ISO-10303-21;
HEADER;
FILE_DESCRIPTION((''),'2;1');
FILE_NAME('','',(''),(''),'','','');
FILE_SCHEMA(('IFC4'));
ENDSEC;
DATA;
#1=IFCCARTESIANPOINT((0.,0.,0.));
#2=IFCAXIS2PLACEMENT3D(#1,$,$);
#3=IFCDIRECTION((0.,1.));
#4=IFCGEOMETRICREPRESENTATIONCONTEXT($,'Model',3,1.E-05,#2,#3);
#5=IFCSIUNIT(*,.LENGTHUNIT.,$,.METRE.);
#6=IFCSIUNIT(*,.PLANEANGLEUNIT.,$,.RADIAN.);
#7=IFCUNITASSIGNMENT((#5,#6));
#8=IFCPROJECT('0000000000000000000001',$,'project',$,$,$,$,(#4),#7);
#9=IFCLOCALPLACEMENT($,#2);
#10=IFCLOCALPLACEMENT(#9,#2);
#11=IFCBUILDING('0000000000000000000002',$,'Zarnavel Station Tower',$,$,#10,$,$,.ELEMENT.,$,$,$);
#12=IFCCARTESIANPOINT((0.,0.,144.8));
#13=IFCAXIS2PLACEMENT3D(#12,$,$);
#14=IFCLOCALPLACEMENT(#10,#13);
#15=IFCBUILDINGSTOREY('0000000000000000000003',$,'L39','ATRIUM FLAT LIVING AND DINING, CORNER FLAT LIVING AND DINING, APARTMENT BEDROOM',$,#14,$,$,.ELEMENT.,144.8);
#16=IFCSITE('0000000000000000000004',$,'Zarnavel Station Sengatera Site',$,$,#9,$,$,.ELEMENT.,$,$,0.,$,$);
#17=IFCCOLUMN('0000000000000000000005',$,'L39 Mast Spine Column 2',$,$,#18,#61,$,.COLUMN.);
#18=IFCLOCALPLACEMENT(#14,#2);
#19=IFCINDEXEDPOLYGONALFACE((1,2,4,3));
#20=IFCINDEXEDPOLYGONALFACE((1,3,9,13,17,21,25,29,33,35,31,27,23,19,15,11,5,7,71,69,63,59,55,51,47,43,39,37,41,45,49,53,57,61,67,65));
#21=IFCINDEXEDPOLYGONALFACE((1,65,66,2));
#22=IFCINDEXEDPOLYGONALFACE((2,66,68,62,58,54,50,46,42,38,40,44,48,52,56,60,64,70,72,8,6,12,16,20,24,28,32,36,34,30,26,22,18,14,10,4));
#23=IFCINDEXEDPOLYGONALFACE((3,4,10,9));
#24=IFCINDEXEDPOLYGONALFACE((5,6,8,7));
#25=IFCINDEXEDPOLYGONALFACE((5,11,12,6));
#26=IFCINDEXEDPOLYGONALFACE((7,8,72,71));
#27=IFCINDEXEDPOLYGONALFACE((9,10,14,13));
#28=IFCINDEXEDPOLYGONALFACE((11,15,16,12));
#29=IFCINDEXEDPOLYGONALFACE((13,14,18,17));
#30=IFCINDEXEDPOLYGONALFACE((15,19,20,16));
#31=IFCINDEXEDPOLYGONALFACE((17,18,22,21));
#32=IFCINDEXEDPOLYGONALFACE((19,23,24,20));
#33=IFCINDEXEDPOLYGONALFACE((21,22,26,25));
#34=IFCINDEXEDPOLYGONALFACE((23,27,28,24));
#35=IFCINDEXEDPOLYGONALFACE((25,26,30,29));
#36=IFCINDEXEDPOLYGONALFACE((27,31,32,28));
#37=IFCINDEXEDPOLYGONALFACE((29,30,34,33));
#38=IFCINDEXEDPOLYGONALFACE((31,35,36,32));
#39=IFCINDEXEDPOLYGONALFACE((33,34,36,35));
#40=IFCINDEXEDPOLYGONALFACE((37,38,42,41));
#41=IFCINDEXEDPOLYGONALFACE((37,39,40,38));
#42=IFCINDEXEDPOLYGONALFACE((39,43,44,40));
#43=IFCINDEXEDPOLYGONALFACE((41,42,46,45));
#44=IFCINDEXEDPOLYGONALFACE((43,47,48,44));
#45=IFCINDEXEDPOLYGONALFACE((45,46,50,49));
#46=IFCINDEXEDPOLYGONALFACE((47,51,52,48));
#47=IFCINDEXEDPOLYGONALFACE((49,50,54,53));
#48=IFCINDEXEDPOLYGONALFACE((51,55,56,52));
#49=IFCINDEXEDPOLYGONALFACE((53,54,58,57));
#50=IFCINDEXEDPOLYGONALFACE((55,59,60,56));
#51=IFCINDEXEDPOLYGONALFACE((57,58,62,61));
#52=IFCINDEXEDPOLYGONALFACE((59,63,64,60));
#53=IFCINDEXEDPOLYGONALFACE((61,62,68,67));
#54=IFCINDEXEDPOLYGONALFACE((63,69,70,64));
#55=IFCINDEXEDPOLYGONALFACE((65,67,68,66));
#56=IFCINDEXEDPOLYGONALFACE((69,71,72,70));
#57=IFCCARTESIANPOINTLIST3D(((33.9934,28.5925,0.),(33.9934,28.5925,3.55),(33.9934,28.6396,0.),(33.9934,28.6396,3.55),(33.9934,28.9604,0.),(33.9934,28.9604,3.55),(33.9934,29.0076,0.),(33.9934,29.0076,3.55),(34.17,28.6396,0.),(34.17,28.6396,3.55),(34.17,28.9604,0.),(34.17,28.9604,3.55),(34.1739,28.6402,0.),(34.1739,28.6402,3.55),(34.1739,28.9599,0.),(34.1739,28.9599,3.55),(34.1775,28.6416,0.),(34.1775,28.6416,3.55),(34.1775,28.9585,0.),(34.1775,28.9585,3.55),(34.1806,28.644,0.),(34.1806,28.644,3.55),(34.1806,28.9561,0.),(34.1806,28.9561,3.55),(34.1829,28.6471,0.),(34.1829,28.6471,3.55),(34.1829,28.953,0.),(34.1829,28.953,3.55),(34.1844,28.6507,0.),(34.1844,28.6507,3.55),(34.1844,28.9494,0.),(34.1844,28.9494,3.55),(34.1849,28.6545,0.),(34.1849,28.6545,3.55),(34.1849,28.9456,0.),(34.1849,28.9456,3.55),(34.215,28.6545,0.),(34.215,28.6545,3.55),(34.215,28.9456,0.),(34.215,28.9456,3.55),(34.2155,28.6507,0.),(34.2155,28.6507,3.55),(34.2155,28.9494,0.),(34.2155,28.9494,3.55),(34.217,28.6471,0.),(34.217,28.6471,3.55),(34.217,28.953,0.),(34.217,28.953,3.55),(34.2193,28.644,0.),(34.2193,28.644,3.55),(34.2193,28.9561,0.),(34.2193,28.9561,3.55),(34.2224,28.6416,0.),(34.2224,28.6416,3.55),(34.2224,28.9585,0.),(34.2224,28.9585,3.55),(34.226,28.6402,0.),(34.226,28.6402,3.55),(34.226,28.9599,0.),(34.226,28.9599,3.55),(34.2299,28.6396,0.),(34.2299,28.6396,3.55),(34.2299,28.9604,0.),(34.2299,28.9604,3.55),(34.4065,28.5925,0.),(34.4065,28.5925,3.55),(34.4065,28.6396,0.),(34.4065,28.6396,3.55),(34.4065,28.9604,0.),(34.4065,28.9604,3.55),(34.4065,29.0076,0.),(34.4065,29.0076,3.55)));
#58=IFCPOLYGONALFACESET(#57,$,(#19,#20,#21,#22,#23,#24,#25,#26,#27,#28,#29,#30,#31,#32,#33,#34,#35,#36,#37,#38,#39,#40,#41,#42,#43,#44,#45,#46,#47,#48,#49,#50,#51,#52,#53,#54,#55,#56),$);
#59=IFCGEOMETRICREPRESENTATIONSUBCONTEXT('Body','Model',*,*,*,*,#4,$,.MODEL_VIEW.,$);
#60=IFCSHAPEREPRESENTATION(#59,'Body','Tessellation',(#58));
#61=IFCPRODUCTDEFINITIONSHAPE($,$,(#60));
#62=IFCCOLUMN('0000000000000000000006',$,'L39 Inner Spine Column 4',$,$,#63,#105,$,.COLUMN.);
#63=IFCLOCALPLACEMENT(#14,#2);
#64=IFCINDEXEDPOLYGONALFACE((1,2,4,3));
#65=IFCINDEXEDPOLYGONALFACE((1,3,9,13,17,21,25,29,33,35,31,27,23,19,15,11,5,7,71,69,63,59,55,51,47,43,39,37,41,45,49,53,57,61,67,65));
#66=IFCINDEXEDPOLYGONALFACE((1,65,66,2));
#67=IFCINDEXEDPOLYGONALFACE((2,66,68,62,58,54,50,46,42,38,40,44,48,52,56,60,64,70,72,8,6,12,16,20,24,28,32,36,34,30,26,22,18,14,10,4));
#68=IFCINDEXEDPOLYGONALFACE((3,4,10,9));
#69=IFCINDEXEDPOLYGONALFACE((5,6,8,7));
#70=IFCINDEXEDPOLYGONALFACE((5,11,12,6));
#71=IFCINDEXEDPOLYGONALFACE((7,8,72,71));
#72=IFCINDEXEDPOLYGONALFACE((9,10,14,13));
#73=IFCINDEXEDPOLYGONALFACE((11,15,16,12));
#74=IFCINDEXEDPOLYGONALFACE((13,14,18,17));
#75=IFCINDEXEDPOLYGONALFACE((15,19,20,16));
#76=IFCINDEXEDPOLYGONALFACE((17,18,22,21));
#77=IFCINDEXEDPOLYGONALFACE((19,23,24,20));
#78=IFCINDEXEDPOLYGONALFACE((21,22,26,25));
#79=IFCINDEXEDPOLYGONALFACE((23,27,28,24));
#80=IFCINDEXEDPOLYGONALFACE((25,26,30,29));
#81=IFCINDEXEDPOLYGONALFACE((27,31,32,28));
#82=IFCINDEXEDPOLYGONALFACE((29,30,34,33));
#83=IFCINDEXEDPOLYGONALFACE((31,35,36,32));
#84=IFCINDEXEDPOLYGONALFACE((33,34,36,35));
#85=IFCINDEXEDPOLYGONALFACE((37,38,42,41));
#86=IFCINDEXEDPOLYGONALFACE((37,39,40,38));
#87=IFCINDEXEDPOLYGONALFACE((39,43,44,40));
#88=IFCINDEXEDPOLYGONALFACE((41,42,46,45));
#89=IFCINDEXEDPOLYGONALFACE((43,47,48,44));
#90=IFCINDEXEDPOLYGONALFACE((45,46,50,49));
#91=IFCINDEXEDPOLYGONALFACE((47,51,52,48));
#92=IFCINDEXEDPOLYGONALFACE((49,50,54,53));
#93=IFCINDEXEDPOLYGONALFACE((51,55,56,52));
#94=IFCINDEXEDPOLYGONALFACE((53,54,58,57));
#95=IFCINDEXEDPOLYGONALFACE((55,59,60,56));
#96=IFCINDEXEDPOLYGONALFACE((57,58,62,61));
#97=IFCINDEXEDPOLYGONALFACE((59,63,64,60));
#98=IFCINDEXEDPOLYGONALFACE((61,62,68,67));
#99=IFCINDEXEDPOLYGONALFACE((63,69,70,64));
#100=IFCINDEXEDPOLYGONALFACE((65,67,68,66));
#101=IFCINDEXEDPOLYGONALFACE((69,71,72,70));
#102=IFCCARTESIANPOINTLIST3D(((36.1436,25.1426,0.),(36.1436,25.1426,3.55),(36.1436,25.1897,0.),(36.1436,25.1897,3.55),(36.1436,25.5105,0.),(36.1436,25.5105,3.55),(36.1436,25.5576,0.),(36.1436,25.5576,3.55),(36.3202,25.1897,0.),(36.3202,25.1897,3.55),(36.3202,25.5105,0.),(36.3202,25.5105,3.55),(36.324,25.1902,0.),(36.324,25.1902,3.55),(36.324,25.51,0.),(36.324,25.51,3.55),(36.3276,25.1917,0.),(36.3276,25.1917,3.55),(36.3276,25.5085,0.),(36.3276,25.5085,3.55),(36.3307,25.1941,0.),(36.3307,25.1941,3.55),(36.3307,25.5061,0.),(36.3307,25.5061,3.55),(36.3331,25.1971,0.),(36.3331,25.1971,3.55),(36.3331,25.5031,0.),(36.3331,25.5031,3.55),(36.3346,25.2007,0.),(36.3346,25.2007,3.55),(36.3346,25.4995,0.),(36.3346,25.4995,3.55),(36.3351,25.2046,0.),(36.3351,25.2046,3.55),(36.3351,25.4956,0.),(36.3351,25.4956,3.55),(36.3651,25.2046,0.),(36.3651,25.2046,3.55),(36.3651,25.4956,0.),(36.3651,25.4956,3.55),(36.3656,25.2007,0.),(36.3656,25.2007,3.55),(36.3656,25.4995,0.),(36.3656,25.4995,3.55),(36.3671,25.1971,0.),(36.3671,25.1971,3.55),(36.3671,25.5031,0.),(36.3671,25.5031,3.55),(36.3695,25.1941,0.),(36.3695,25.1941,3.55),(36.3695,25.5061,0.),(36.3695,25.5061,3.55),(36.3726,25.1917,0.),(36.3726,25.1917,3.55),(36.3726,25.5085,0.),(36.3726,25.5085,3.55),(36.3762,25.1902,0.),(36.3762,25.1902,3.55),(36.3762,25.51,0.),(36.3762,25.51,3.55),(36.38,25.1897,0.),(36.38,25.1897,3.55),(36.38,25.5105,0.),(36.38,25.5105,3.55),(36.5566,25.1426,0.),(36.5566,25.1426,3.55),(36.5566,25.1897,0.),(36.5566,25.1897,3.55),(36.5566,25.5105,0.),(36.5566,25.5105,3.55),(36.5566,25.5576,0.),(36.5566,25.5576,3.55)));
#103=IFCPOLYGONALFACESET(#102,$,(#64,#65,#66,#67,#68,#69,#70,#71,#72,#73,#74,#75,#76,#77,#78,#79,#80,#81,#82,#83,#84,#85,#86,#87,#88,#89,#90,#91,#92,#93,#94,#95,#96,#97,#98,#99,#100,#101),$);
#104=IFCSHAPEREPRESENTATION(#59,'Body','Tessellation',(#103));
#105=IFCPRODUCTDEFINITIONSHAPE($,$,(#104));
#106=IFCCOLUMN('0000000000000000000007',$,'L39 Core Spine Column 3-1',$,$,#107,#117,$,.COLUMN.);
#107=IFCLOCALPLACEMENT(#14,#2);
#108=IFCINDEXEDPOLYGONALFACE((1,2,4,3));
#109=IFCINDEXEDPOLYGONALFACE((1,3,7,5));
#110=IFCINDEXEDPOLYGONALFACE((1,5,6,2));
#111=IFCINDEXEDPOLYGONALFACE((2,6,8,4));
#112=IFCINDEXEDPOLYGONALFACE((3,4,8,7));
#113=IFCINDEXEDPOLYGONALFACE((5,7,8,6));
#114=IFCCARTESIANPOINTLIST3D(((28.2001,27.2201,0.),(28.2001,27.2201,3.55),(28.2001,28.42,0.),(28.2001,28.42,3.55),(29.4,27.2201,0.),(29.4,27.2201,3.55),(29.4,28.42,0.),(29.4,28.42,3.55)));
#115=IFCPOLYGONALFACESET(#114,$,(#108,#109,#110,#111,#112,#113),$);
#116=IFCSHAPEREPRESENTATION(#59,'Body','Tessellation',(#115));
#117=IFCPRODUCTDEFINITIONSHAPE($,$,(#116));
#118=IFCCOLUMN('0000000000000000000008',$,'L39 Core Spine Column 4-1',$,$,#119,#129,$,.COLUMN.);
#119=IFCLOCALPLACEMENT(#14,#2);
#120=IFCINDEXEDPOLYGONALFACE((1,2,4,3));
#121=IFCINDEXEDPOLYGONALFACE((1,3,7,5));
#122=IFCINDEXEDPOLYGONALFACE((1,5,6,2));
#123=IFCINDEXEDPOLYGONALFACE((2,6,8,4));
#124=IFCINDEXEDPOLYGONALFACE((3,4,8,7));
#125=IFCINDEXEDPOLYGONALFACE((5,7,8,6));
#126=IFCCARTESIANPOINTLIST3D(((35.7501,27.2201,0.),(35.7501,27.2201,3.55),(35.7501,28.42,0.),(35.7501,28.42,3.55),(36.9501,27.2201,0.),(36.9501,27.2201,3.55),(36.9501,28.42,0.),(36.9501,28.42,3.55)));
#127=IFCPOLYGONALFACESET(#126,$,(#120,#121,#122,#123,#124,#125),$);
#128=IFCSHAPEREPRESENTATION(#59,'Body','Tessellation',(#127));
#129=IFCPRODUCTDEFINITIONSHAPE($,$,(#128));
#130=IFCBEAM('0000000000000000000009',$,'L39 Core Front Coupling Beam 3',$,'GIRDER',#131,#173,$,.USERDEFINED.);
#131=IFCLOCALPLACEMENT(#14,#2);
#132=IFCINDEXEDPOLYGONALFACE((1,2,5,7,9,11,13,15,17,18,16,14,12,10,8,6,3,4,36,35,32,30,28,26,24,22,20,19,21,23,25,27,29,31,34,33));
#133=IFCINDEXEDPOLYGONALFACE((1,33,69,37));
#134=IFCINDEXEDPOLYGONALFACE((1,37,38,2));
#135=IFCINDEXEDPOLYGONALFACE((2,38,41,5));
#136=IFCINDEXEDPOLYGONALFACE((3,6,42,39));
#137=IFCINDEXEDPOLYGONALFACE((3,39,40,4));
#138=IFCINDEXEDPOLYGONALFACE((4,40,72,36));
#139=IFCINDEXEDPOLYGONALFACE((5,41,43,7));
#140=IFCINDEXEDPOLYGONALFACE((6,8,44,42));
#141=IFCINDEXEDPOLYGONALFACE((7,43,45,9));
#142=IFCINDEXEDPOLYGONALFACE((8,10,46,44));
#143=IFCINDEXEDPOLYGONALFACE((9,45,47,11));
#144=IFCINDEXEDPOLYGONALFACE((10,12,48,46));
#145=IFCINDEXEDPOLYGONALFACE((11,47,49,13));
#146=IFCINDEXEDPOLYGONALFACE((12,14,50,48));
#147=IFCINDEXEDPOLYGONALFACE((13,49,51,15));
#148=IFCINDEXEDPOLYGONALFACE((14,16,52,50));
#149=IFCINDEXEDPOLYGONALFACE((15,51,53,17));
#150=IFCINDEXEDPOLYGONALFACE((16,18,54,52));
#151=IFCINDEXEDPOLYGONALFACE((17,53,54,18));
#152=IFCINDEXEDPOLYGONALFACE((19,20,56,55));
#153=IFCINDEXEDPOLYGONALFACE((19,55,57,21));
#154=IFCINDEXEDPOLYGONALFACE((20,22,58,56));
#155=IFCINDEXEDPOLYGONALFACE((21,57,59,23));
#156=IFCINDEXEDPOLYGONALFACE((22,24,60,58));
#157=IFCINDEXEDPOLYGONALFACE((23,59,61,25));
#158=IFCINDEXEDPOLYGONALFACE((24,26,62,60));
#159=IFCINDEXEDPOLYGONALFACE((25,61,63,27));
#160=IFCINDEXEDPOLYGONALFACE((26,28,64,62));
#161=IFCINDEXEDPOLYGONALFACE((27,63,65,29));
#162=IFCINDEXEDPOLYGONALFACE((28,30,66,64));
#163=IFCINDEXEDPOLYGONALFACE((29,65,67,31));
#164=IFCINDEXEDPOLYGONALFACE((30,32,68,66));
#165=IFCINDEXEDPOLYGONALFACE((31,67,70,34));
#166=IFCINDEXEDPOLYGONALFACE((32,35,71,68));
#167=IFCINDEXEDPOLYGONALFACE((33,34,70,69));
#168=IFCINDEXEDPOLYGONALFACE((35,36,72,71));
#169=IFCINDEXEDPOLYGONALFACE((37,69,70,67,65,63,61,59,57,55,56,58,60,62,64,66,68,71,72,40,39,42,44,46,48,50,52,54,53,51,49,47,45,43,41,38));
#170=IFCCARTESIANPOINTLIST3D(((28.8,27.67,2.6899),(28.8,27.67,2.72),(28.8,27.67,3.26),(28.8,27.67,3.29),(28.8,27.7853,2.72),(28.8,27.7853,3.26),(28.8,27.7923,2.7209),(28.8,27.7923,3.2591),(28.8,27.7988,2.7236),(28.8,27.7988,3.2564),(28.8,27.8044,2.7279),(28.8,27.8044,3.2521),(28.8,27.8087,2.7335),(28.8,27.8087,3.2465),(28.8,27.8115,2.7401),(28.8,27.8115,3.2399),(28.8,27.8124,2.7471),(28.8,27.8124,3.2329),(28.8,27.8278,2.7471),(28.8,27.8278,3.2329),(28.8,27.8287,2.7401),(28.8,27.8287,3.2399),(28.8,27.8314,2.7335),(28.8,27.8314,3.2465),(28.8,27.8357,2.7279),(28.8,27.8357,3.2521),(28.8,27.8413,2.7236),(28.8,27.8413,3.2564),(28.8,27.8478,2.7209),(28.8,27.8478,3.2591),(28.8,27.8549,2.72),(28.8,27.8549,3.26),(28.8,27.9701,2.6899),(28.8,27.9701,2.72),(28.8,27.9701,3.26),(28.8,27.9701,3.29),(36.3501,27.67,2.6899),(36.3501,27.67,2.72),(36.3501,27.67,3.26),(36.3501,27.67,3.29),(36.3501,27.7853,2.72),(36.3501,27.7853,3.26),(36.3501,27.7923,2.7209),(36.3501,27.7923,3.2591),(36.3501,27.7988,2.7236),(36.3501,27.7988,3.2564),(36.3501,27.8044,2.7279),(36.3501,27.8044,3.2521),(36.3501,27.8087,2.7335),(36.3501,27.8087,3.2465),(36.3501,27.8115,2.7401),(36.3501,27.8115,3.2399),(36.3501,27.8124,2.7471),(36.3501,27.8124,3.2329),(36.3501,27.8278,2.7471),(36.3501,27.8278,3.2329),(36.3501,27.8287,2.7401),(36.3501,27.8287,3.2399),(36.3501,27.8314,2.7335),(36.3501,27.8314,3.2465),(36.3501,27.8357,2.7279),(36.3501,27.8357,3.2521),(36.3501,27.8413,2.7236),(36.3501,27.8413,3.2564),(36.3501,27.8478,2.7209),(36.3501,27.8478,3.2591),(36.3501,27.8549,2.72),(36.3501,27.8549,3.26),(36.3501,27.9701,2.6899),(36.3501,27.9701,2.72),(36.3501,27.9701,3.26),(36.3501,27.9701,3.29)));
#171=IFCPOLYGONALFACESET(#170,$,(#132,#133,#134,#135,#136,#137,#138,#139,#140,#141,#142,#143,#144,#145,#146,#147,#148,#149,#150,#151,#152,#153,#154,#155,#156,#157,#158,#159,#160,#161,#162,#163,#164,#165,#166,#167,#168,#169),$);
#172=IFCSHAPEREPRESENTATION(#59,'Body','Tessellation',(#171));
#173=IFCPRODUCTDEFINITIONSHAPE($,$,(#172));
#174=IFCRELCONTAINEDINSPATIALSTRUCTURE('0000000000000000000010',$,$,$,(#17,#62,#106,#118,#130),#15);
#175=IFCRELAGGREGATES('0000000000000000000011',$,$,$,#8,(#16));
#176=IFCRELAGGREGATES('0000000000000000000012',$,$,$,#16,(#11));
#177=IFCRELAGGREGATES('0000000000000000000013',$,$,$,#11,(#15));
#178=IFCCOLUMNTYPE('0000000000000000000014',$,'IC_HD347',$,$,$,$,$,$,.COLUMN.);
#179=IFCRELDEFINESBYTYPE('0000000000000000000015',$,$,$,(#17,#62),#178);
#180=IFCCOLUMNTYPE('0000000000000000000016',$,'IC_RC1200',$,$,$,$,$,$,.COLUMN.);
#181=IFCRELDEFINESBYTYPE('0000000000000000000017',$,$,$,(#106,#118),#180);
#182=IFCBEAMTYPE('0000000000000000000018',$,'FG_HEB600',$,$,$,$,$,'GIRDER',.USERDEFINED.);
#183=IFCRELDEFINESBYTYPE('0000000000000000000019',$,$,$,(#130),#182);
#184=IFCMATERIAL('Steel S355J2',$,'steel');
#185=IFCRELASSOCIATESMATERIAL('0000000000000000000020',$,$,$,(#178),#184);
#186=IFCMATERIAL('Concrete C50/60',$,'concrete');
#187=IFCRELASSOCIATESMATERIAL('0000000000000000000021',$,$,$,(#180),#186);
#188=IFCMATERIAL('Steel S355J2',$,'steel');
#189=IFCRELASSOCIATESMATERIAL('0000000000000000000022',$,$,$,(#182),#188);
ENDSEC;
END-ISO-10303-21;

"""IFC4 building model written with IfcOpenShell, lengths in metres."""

from ifc_helpers import new_model, si_unit, direction, frame, origin, origin_2d, place, context, subcontext, project, spatial, rectangle, i_section, extrude, material, material_profile, profile_set, type_object, element, save


model = new_model("IFC4")

# Units and contexts
model_context = context("Model", 3, precision=1e-05, world=origin(), true_north=direction((0.0, 1.0)))
body_context = subcontext(model_context, "Body", "Model", "MODEL_VIEW")
ifc_project = project(units=[si_unit("LENGTHUNIT", "METRE"), si_unit("PLANEANGLEUNIT", "RADIAN")], contexts=[model_context])

# Site, building, storey
site_placement = place(None, origin())
site = spatial("IfcSite", under=ifc_project, at=site_placement, Name="Zarnavel Station Sengatera Site", CompositionType="ELEMENT", RefElevation=0.0)
building_placement = place(site_placement, origin())
building = spatial("IfcBuilding", under=site, at=building_placement, Name="Zarnavel Station Tower", CompositionType="ELEMENT")
storey_placement = place(building_placement, frame((0.0, 0.0, 144.8)))
storey = spatial("IfcBuildingStorey", under=building, at=storey_placement, Name="L39", Description="ATRIUM FLAT LIVING AND DINING, CORNER FLAT LIVING AND DINING, APARTMENT BEDROOM", CompositionType="ELEMENT", Elevation=144.8)

# Columns
ifc_material_1 = material(Name="Steel S355J2", Category="steel")
ifc_material_profile_1 = material_profile(ifc_material_1, i_section(OverallWidth=0.4131, OverallDepth=0.415, WebThickness=0.03, FlangeThickness=0.0471, FilletRadius=0.0149, at=origin_2d()), Name="HD400x347")
ifc_profile_set_1 = profile_set([ifc_material_profile_1], Name="Steel S355J2")
column_type_1 = type_object("IfcColumnType", Name="IC_HD347", PredefinedType="COLUMN", material=ifc_profile_set_1)
for number, where, z_axis, x_axis, name in (
    (1, (34.2, 28.8, 0.0), (0.0, 0.0, 1.0), (1.0, 0.0, 0.0), "L39 Mast Spine Column 2"),
    (2, (36.3501, 25.3501, 0.0), (0.0, 0.0, 1.0), (1.0, 0.0, 0.0), "L39 Inner Spine Column 4"),
):
    element("IfcColumn", number, at=place(storey_placement, frame(where, z_axis=z_axis, x_axis=x_axis)), inside=storey, type_object=column_type_1, Name=name, PredefinedType="COLUMN", context=body_context, shape_type="SweptSolid", body=[
        extrude(i_section(OverallWidth=0.4131, OverallDepth=0.415, WebThickness=0.03, FlangeThickness=0.0471, FilletRadius=0.0149, at=origin_2d()), origin(), (0.0, 0.0, 1.0), 3.55),
    ])
ifc_material_2 = material(Name="Concrete C50/60", Category="concrete")
ifc_material_profile_2 = material_profile(ifc_material_2, rectangle(XDim=1.2, YDim=1.2, at=origin_2d()), Name="RC1200x1200")
ifc_profile_set_2 = profile_set([ifc_material_profile_2], Name="Concrete C50/60")
column_type_2 = type_object("IfcColumnType", Name="IC_RC1200", PredefinedType="COLUMN", material=ifc_profile_set_2)
for number, where, z_axis, x_axis, name in (
    (3, (28.8, 27.8201, 0.0), (0.0, 0.0, 1.0), (1.0, 0.0, 0.0), "L39 Core Spine Column 3-1"),
    (4, (36.3501, 27.8201, 0.0), (0.0, 0.0, 1.0), (1.0, 0.0, 0.0), "L39 Core Spine Column 4-1"),
):
    element("IfcColumn", number, at=place(storey_placement, frame(where, z_axis=z_axis, x_axis=x_axis)), inside=storey, type_object=column_type_2, Name=name, PredefinedType="COLUMN", context=body_context, shape_type="SweptSolid", body=[
        extrude(rectangle(XDim=1.2, YDim=1.2, at=origin_2d()), origin(), (0.0, 0.0, 1.0), 3.55),
    ])

# Beam
ifc_material_3 = material(Name="Steel S355J2", Category="steel")
ifc_material_profile_3 = material_profile(ifc_material_3, i_section(OverallWidth=0.3, OverallDepth=0.6001, WebThickness=0.0154, FlangeThickness=0.03, FilletRadius=0.0271, at=origin_2d()), Name="HEB600")
ifc_profile_set_3 = profile_set([ifc_material_profile_3], Name="Steel S355J2")
beam_type_1 = type_object("IfcBeamType", Name="FG_HEB600", ElementType="GIRDER", PredefinedType="USERDEFINED", material=ifc_profile_set_3)
beam_1_placement = place(storey_placement, frame((28.8, 27.8201, 2.99), z_axis=(1.0, 0.0, 0.0), x_axis=(0.0, 1.0, 0.0)))
element("IfcBeam", 5, at=beam_1_placement, inside=storey, type_object=beam_type_1, Name="L39 Core Front Coupling Beam 3", ObjectType="GIRDER", PredefinedType="USERDEFINED", context=body_context, shape_type="SweptSolid", body=[
    extrude(i_section(OverallWidth=0.3, OverallDepth=0.6001, WebThickness=0.0154, FlangeThickness=0.03, FilletRadius=0.0271, at=origin_2d()), origin(), (0.0, 0.0, 1.0), 7.55),
])

save(model, "model.ifc")
